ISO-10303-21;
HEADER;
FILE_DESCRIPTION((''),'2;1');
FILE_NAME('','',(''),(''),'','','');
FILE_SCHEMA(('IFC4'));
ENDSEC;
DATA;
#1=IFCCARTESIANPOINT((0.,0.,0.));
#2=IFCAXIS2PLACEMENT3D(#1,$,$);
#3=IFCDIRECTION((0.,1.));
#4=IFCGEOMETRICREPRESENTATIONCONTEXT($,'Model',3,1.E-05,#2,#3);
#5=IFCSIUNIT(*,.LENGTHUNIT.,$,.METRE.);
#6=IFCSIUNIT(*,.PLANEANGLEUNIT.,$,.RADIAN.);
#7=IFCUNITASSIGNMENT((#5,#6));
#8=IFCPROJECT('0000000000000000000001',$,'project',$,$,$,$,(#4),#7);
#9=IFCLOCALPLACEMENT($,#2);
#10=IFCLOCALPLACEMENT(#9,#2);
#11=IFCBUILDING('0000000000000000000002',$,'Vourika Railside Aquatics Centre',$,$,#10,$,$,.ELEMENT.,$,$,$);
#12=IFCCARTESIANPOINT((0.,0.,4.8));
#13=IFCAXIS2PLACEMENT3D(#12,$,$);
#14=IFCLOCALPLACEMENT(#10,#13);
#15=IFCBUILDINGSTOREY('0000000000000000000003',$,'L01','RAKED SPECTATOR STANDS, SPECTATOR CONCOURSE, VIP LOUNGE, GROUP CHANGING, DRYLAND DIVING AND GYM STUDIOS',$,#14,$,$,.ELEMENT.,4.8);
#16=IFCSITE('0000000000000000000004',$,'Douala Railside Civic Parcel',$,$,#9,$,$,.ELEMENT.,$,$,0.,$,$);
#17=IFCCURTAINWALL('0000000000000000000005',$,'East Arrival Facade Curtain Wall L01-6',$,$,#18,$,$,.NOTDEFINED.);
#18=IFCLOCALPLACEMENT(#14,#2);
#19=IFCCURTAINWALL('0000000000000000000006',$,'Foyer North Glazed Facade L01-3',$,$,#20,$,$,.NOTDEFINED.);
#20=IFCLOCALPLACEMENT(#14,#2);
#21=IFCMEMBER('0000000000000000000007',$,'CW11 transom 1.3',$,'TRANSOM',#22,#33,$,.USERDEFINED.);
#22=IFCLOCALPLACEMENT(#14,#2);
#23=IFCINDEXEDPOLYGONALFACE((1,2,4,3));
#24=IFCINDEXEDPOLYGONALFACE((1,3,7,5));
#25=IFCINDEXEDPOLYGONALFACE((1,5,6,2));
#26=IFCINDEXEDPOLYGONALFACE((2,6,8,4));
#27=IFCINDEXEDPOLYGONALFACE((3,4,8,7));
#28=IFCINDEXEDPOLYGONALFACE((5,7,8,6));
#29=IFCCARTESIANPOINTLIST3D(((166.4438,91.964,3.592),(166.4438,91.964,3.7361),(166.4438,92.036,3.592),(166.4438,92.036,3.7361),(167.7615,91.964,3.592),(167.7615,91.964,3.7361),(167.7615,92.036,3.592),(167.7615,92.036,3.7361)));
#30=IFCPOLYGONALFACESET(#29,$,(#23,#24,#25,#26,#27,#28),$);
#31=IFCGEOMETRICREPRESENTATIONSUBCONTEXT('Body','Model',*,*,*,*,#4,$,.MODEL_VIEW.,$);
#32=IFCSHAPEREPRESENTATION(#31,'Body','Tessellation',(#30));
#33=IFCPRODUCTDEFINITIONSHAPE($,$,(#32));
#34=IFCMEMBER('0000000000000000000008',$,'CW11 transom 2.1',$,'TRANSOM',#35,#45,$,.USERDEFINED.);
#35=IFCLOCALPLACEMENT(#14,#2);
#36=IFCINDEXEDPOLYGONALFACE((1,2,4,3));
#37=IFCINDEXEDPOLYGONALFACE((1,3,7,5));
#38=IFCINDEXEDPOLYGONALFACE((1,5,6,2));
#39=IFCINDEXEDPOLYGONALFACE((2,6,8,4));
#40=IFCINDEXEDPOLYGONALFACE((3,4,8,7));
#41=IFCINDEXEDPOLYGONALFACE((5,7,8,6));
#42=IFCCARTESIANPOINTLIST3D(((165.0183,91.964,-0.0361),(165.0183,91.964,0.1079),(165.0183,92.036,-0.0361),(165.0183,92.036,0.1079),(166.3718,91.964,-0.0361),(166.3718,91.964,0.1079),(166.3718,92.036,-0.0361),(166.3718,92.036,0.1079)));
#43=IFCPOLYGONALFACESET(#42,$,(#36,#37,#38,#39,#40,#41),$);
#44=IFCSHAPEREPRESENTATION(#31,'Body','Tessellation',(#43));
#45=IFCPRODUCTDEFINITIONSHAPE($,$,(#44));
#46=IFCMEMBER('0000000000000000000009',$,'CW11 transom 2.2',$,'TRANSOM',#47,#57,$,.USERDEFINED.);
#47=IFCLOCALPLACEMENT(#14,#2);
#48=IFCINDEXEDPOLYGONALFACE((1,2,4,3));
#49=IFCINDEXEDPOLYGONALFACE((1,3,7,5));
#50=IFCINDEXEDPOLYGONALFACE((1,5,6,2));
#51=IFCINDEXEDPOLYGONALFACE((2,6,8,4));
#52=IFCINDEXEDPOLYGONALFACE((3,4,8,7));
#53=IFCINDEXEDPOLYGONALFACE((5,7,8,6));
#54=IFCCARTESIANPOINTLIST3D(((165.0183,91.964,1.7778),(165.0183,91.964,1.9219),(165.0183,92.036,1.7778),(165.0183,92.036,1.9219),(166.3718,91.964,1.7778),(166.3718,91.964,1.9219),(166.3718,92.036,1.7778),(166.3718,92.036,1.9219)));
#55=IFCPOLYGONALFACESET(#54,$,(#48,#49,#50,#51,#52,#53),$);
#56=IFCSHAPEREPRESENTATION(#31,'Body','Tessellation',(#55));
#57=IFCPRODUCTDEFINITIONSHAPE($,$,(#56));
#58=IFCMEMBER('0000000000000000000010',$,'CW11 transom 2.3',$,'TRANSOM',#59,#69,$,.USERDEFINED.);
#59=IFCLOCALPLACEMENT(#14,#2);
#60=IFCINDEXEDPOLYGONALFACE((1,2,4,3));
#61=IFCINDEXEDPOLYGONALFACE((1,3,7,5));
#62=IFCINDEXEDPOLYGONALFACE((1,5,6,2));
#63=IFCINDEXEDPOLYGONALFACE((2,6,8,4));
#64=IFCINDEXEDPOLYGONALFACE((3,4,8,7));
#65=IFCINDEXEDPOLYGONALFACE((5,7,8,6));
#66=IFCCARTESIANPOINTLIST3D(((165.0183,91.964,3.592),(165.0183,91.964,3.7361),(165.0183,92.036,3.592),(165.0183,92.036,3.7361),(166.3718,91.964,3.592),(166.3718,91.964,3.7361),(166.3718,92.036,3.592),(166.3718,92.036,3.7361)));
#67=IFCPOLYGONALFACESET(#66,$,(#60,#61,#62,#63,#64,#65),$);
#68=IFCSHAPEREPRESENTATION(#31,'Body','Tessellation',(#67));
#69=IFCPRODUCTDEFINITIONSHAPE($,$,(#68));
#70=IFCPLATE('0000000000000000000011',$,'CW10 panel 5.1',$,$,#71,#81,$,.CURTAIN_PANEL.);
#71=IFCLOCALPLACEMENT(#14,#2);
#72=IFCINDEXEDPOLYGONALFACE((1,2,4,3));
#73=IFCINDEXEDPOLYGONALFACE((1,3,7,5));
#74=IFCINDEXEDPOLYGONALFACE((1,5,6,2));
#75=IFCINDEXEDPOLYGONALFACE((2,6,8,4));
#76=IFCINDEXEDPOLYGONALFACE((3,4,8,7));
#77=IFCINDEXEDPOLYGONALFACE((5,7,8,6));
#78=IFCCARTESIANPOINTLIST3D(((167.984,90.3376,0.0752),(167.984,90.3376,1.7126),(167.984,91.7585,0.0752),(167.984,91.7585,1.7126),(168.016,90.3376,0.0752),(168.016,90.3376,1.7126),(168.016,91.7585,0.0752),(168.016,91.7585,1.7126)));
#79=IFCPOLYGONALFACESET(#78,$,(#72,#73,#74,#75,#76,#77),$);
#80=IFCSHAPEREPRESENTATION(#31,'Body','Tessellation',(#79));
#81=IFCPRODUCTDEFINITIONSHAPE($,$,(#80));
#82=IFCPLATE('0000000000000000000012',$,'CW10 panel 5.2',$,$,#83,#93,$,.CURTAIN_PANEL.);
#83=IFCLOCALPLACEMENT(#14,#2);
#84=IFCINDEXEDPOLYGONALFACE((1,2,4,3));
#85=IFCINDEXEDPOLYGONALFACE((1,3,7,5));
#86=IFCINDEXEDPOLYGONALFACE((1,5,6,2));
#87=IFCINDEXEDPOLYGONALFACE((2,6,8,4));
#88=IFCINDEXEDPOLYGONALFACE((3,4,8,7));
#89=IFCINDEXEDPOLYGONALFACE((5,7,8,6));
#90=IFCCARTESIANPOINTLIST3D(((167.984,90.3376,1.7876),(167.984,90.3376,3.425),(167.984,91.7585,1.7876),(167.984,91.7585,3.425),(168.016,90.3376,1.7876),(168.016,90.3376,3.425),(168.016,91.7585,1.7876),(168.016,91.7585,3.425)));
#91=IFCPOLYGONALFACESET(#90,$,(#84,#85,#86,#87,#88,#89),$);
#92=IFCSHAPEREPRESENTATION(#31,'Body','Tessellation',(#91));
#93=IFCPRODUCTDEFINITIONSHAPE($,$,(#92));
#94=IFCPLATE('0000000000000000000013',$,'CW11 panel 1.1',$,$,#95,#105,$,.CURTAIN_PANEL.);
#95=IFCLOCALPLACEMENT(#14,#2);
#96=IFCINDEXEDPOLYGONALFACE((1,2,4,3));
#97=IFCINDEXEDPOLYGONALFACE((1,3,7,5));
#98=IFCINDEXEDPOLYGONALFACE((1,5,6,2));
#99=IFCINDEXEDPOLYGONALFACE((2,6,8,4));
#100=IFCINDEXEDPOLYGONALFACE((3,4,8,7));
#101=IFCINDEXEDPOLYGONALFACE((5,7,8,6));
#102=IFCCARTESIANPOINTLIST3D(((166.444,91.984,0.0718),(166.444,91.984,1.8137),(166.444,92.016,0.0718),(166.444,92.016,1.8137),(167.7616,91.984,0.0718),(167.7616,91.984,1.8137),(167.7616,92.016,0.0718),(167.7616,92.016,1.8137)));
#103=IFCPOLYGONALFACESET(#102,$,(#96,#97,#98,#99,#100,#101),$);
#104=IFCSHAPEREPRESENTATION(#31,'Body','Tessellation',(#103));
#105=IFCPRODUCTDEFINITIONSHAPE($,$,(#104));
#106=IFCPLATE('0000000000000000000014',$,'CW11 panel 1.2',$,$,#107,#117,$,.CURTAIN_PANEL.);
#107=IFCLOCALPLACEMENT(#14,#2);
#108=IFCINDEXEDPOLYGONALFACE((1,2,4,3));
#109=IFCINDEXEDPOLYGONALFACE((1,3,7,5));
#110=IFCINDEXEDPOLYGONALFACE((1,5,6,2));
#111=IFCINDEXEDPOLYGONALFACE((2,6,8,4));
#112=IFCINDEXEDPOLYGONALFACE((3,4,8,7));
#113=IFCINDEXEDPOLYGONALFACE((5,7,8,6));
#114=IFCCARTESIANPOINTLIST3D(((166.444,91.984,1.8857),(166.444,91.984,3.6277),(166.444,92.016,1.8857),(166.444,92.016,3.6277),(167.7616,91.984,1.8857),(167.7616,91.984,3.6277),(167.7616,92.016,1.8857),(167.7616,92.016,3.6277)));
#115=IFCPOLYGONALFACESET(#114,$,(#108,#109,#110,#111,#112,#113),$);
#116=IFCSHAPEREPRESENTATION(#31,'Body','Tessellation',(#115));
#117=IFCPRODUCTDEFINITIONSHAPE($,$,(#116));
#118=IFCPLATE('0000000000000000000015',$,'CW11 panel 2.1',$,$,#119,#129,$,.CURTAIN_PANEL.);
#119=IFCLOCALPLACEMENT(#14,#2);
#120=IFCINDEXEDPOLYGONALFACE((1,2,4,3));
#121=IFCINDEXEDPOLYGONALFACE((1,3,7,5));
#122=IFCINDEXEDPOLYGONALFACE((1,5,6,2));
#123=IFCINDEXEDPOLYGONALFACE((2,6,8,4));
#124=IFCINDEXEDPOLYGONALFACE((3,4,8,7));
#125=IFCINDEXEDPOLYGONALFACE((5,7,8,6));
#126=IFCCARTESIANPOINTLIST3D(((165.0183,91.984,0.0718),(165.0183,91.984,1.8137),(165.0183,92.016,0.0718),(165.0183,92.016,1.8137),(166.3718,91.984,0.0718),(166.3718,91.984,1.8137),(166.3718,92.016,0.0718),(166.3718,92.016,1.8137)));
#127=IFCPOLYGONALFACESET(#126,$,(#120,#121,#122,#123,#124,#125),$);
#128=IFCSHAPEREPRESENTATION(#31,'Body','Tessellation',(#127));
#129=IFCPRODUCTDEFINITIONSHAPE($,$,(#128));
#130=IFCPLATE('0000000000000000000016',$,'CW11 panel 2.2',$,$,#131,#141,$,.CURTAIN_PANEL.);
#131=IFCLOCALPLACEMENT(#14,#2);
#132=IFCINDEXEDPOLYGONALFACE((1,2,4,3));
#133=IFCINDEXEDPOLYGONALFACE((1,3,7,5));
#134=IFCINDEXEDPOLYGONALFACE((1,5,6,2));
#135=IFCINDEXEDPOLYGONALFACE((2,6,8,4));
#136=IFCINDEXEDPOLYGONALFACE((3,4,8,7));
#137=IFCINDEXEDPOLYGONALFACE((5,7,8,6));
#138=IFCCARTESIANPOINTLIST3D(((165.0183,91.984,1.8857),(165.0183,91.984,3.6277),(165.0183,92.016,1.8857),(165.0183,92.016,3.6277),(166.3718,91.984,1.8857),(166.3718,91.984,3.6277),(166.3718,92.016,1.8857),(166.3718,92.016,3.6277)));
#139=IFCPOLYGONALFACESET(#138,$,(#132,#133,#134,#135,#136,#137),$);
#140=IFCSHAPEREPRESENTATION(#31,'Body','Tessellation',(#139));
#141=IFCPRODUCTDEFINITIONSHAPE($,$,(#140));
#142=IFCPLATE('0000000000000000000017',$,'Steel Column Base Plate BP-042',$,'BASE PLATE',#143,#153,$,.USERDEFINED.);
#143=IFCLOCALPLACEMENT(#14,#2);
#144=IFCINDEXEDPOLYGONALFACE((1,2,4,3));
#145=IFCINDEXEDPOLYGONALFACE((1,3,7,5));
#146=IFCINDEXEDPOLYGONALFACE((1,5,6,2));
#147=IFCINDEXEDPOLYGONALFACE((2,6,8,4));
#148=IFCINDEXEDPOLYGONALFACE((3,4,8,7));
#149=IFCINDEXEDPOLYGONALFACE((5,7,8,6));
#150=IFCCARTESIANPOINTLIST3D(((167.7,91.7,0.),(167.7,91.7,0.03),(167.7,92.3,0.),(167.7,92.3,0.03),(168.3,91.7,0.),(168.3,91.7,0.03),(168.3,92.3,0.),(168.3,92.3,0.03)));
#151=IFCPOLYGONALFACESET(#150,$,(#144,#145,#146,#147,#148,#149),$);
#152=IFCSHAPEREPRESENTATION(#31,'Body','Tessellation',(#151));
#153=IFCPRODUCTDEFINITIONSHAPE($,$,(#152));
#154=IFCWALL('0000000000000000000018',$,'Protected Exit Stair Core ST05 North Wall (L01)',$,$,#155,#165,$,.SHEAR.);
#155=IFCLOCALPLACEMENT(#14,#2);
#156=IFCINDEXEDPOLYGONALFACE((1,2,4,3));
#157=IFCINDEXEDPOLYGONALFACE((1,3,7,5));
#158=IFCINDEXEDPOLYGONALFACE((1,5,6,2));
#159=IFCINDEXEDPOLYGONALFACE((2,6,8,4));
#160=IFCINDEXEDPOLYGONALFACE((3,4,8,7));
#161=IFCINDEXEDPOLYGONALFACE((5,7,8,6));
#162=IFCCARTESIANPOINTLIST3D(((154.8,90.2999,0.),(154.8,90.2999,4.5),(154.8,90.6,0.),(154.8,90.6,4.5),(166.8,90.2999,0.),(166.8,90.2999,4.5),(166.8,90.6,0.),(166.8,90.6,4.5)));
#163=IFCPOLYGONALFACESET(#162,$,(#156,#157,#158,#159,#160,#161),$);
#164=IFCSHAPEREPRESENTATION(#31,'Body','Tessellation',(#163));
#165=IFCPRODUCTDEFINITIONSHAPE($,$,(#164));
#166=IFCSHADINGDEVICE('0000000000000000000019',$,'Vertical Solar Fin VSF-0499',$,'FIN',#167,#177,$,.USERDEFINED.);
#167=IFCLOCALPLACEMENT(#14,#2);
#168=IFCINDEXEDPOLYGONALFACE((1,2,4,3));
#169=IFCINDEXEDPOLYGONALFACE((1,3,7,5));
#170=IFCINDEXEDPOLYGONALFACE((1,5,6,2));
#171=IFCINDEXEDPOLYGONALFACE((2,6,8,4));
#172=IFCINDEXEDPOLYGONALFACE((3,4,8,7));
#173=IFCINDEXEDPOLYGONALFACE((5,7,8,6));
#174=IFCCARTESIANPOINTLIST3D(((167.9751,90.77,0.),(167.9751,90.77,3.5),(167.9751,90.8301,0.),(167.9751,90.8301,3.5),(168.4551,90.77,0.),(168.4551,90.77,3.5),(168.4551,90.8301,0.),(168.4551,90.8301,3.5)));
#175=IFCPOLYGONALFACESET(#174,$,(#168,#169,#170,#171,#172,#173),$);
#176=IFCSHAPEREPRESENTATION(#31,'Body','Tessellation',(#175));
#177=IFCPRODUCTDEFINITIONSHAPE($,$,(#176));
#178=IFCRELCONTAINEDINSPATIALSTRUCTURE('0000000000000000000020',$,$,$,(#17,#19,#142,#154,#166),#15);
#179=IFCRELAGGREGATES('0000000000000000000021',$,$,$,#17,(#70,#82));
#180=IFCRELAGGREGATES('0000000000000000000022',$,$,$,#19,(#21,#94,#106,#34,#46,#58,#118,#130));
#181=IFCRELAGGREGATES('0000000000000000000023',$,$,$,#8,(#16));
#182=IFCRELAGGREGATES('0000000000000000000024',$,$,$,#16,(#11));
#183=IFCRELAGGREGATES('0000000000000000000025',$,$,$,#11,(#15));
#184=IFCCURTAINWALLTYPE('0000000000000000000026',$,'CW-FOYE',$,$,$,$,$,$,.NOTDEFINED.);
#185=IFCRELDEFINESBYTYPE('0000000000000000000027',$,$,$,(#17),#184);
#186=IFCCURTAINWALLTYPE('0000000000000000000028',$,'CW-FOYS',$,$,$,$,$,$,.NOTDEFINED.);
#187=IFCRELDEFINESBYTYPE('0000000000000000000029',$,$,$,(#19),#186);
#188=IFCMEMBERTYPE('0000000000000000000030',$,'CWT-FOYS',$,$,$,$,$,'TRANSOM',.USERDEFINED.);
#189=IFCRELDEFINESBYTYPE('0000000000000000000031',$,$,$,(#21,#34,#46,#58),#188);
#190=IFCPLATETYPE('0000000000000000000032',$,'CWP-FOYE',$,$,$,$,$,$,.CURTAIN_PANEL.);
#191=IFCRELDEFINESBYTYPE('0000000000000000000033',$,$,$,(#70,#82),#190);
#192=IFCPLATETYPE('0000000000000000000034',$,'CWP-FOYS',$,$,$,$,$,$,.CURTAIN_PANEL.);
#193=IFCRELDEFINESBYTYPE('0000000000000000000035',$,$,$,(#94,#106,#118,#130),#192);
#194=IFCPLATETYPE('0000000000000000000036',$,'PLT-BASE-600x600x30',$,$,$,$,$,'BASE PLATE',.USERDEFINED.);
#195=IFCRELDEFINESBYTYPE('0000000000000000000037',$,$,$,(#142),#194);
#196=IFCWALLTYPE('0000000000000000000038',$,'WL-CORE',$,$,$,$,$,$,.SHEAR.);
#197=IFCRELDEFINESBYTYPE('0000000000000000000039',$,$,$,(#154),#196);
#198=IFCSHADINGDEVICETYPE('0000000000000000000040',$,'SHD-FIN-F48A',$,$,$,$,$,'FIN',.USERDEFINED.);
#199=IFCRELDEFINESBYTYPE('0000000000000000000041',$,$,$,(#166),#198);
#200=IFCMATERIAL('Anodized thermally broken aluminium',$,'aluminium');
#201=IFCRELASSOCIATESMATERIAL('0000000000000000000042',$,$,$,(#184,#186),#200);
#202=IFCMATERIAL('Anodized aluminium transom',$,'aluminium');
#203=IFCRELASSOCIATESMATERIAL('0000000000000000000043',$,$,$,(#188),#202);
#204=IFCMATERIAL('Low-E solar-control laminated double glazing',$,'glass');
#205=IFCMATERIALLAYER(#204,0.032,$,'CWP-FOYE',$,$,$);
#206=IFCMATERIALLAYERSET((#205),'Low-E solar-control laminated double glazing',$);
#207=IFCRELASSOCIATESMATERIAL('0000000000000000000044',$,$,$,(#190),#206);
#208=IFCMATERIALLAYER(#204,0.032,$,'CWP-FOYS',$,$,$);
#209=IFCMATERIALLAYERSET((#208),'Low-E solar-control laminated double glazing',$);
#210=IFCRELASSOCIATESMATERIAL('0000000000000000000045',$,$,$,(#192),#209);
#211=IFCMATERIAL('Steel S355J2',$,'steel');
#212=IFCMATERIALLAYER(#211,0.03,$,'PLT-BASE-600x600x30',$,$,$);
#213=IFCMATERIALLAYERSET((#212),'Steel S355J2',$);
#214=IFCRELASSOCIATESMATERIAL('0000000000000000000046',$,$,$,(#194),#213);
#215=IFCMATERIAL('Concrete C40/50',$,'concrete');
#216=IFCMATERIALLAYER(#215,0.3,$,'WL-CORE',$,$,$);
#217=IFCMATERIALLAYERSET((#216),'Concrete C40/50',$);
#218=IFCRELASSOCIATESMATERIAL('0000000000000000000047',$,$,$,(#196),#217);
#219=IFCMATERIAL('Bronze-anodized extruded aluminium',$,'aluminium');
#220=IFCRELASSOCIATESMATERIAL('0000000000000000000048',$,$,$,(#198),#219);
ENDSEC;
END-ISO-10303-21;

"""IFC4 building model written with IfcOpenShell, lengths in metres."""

from ifc_helpers import new_model, si_unit, direction, frame, frame_2d, origin, origin_2d, place, context, subcontext, project, spatial, rectangle, extrude, material, layer, layer_set, material_profile, profile_set, type_object, element, aggregate, save


model = new_model("IFC4")

# Units and contexts
model_context = context("Model", 3, precision=1e-05, world=origin(), true_north=direction((0.0, 1.0)))
body_context = subcontext(model_context, "Body", "Model", "MODEL_VIEW")
ifc_project = project(units=[si_unit("LENGTHUNIT", "METRE"), si_unit("PLANEANGLEUNIT", "RADIAN")], contexts=[model_context])

# Site, building, storey
site_placement = place(None, origin())
site = spatial("IfcSite", under=ifc_project, at=site_placement, Name="Douala Railside Civic Parcel", CompositionType="ELEMENT", RefElevation=0.0)
building_placement = place(site_placement, origin())
building = spatial("IfcBuilding", under=site, at=building_placement, Name="Vourika Railside Aquatics Centre", CompositionType="ELEMENT")
storey_placement = place(building_placement, frame((0.0, 0.0, 4.8)))
storey = spatial("IfcBuildingStorey", under=building, at=storey_placement, Name="L01", Description="RAKED SPECTATOR STANDS, SPECTATOR CONCOURSE, VIP LOUNGE, GROUP CHANGING, DRYLAND DIVING AND GYM STUDIOS", CompositionType="ELEMENT", Elevation=4.8)

# Shared definitions
ifc_material_1 = material(Name="Steel S355J2", Category="steel")

# Curtain walls
ifc_material_2 = material(Name="Anodized thermally broken aluminium", Category="aluminium")
curtain_wall_type_1 = type_object("IfcCurtainWallType", Name="CW-FOYE", PredefinedType="NOTDEFINED", material=ifc_material_2)
curtain_wall_1_placement = place(storey_placement, origin())
curtain_wall_1 = element("IfcCurtainWall", 1, at=curtain_wall_1_placement, inside=storey, type_object=curtain_wall_type_1, Name="East Arrival Facade Curtain Wall L01-6", PredefinedType="NOTDEFINED")
curtain_wall_type_2 = type_object("IfcCurtainWallType", Name="CW-FOYS", PredefinedType="NOTDEFINED", material=ifc_material_2)
curtain_wall_2_placement = place(storey_placement, origin())
curtain_wall_2 = element("IfcCurtainWall", 2, at=curtain_wall_2_placement, inside=storey, type_object=curtain_wall_type_2, Name="Foyer North Glazed Facade L01-3", PredefinedType="NOTDEFINED")

# Members
ifc_material_3 = material(Name="Anodized aluminium transom", Category="aluminium")
ifc_material_profile_1 = material_profile(ifc_material_3, rectangle(XDim=0.072, YDim=0.144, at=origin_2d()), Name="ALU-T 72x144")
ifc_profile_set_1 = profile_set([ifc_material_profile_1], Name="Anodized aluminium transom")
member_type_1 = type_object("IfcMemberType", Name="CWT-FOYS", ElementType="TRANSOM", PredefinedType="USERDEFINED", material=ifc_profile_set_1)
member_1_placement = place(storey_placement, frame((167.7615, 92.0, 3.6641), z_axis=(-1.0, 0.0, 0.0), x_axis=(0.0, -1.0, 0.0)))
member_1 = element("IfcMember", 3, at=member_1_placement, type_object=member_type_1, Name="CW11 transom 1.3", ObjectType="TRANSOM", PredefinedType="USERDEFINED", context=body_context, shape_type="SweptSolid", body=[
    extrude(rectangle(XDim=0.072, YDim=0.144, at=origin_2d()), origin(), (0.0, 0.0, 1.0), 1.3176),
])
member_2_placement = place(storey_placement, frame((166.3718, 92.0, 0.0359), z_axis=(-1.0, 0.0, 0.0), x_axis=(0.0, -1.0, 0.0)))
member_2 = element("IfcMember", 4, at=member_2_placement, type_object=member_type_1, Name="CW11 transom 2.1", ObjectType="TRANSOM", PredefinedType="USERDEFINED", context=body_context, shape_type="SweptSolid", body=[
    extrude(rectangle(XDim=0.072, YDim=0.144, at=origin_2d()), origin(), (0.0, 0.0, 1.0), 1.3535),
])
member_3_placement = place(storey_placement, frame((166.3718, 92.0, 1.8499), z_axis=(-1.0, 0.0, 0.0), x_axis=(0.0, -1.0, 0.0)))
member_3 = element("IfcMember", 5, at=member_3_placement, type_object=member_type_1, Name="CW11 transom 2.2", ObjectType="TRANSOM", PredefinedType="USERDEFINED", context=body_context, shape_type="SweptSolid", body=[
    extrude(rectangle(XDim=0.072, YDim=0.144, at=origin_2d()), origin(), (0.0, 0.0, 1.0), 1.3535),
])
member_4_placement = place(storey_placement, frame((166.3718, 92.0, 3.6641), z_axis=(-1.0, 0.0, 0.0), x_axis=(0.0, -1.0, 0.0)))
member_4 = element("IfcMember", 6, at=member_4_placement, type_object=member_type_1, Name="CW11 transom 2.3", ObjectType="TRANSOM", PredefinedType="USERDEFINED", context=body_context, shape_type="SweptSolid", body=[
    extrude(rectangle(XDim=0.072, YDim=0.144, at=origin_2d()), origin(), (0.0, 0.0, 1.0), 1.3535),
])

# Plates
ifc_material_4 = material(Name="Low-E solar-control laminated double glazing", Category="glass")
ifc_layer_1 = layer(ifc_material_4, 0.032, Name="CWP-FOYE")
ifc_layer_set_1 = layer_set([ifc_layer_1], Name="Low-E solar-control laminated double glazing")
plate_type_1 = type_object("IfcPlateType", Name="CWP-FOYE", PredefinedType="CURTAIN_PANEL", material=ifc_layer_set_1)
plate_1_placement = place(storey_placement, frame((168.0, 91.0481, 0.0752), z_axis=(0.0, 0.0, 1.0), x_axis=(0.0, 1.0, 0.0)))
plate_1 = element("IfcPlate", 7, at=plate_1_placement, type_object=plate_type_1, Name="CW10 panel 5.1", PredefinedType="CURTAIN_PANEL", context=body_context, shape_type="SweptSolid", body=[
    extrude(rectangle(XDim=1.4209, YDim=0.032, at=origin_2d()), origin(), (0.0, 0.0, 1.0), 1.6375),
])
plate_2_placement = place(storey_placement, frame((168.0, 91.0481, 1.7876), z_axis=(0.0, 0.0, 1.0), x_axis=(0.0, 1.0, 0.0)))
plate_2 = element("IfcPlate", 8, at=plate_2_placement, type_object=plate_type_1, Name="CW10 panel 5.2", PredefinedType="CURTAIN_PANEL", context=body_context, shape_type="SweptSolid", body=[
    extrude(rectangle(XDim=1.4209, YDim=0.032, at=origin_2d()), origin(), (0.0, 0.0, 1.0), 1.6375),
])
aggregate(curtain_wall_1, [plate_1, plate_2])
ifc_layer_2 = layer(ifc_material_4, 0.032, Name="CWP-FOYS")
ifc_layer_set_2 = layer_set([ifc_layer_2], Name="Low-E solar-control laminated double glazing")
plate_type_2 = type_object("IfcPlateType", Name="CWP-FOYS", PredefinedType="CURTAIN_PANEL", material=ifc_layer_set_2)
plate_3_placement = place(storey_placement, frame((167.1028, 92.0, 0.0718), z_axis=(0.0, 0.0, 1.0), x_axis=(-1.0, 0.0, 0.0)))
plate_3 = element("IfcPlate", 9, at=plate_3_placement, type_object=plate_type_2, Name="CW11 panel 1.1", PredefinedType="CURTAIN_PANEL", context=body_context, shape_type="SweptSolid", body=[
    extrude(rectangle(XDim=1.3176, YDim=0.032, at=origin_2d()), origin(), (0.0, 0.0, 1.0), 1.7419),
])
plate_4_placement = place(storey_placement, frame((167.1028, 92.0, 1.8857), z_axis=(0.0, 0.0, 1.0), x_axis=(-1.0, 0.0, 0.0)))
plate_4 = element("IfcPlate", 10, at=plate_4_placement, type_object=plate_type_2, Name="CW11 panel 1.2", PredefinedType="CURTAIN_PANEL", context=body_context, shape_type="SweptSolid", body=[
    extrude(rectangle(XDim=1.3176, YDim=0.032, at=origin_2d()), origin(), (0.0, 0.0, 1.0), 1.7419),
])
plate_5_placement = place(storey_placement, frame((165.6951, 92.0, 0.0718), z_axis=(0.0, 0.0, 1.0), x_axis=(-1.0, 0.0, 0.0)))
plate_5 = element("IfcPlate", 11, at=plate_5_placement, type_object=plate_type_2, Name="CW11 panel 2.1", PredefinedType="CURTAIN_PANEL", context=body_context, shape_type="SweptSolid", body=[
    extrude(rectangle(XDim=1.3535, YDim=0.032, at=origin_2d()), origin(), (0.0, 0.0, 1.0), 1.7419),
])
plate_6_placement = place(storey_placement, frame((165.6951, 92.0, 1.8857), z_axis=(0.0, 0.0, 1.0), x_axis=(-1.0, 0.0, 0.0)))
plate_6 = element("IfcPlate", 12, at=plate_6_placement, type_object=plate_type_2, Name="CW11 panel 2.2", PredefinedType="CURTAIN_PANEL", context=body_context, shape_type="SweptSolid", body=[
    extrude(rectangle(XDim=1.3535, YDim=0.032, at=origin_2d()), origin(), (0.0, 0.0, 1.0), 1.7419),
])
aggregate(curtain_wall_2, [member_1, plate_3, plate_4, member_2, member_3, member_4, plate_5, plate_6])
ifc_layer_3 = layer(ifc_material_1, 0.03, Name="PLT-BASE-600x600x30")
ifc_layer_set_3 = layer_set([ifc_layer_3], Name="Steel S355J2")
plate_type_3 = type_object("IfcPlateType", Name="PLT-BASE-600x600x30", ElementType="BASE PLATE", PredefinedType="USERDEFINED", material=ifc_layer_set_3)
plate_7_placement = place(storey_placement, frame((168.0, 92.0, 0.0), z_axis=(0.0, 0.0, 1.0), x_axis=(1.0, 0.0, 0.0)))
element("IfcPlate", 13, at=plate_7_placement, inside=storey, type_object=plate_type_3, Name="Steel Column Base Plate BP-042", ObjectType="BASE PLATE", PredefinedType="USERDEFINED", context=body_context, shape_type="SweptSolid", body=[
    extrude(rectangle(XDim=0.6001, YDim=0.6001, at=origin_2d()), origin(), (0.0, 0.0, 1.0), 0.03),
])

# Wall
ifc_material_5 = material(Name="Concrete C40/50", Category="concrete")
ifc_layer_4 = layer(ifc_material_5, 0.3, Name="WL-CORE")
ifc_layer_set_4 = layer_set([ifc_layer_4], Name="Concrete C40/50")
wall_type = type_object("IfcWallType", Name="WL-CORE", PredefinedType="SHEAR", material=ifc_layer_set_4)
wall_placement = place(storey_placement, frame((166.8, 90.45, 0.0), z_axis=(0.0, 0.0, 1.0), x_axis=(-1.0, 0.0, 0.0)))
element("IfcWall", 14, at=wall_placement, inside=storey, type_object=wall_type, Name="Protected Exit Stair Core ST05 North Wall (L01)", PredefinedType="SHEAR", context=body_context, shape_type="SweptSolid", body=[
    extrude(rectangle(XDim=12.0, YDim=0.3, at=frame_2d((6.0, 0.0))), origin(), (0.0, 0.0, 1.0), 4.5),
])

# Shading device
ifc_material_6 = material(Name="Bronze-anodized extruded aluminium", Category="aluminium")
ifc_material_profile_2 = material_profile(ifc_material_6, rectangle(XDim=0.0601, YDim=0.48, at=origin_2d()), Name="ALU-FIN 60x480")
ifc_profile_set_2 = profile_set([ifc_material_profile_2], Name="Bronze-anodized extruded aluminium")
shading_device_type = type_object("IfcShadingDeviceType", Name="SHD-FIN-F48A", ElementType="FIN", PredefinedType="USERDEFINED", material=ifc_profile_set_2)
shading_device_placement = place(storey_placement, frame((168.2151, 90.8, 0.0), z_axis=(0.0, 0.0, 1.0), x_axis=(0.0, -1.0, 0.0)))
element("IfcShadingDevice", 15, at=shading_device_placement, inside=storey, type_object=shading_device_type, Name="Vertical Solar Fin VSF-0499", ObjectType="FIN", PredefinedType="USERDEFINED", context=body_context, shape_type="SweptSolid", body=[
    extrude(rectangle(XDim=0.0601, YDim=0.48, at=origin_2d()), origin(), (0.0, 0.0, 1.0), 3.5),
])

save(model, "model.ifc")
